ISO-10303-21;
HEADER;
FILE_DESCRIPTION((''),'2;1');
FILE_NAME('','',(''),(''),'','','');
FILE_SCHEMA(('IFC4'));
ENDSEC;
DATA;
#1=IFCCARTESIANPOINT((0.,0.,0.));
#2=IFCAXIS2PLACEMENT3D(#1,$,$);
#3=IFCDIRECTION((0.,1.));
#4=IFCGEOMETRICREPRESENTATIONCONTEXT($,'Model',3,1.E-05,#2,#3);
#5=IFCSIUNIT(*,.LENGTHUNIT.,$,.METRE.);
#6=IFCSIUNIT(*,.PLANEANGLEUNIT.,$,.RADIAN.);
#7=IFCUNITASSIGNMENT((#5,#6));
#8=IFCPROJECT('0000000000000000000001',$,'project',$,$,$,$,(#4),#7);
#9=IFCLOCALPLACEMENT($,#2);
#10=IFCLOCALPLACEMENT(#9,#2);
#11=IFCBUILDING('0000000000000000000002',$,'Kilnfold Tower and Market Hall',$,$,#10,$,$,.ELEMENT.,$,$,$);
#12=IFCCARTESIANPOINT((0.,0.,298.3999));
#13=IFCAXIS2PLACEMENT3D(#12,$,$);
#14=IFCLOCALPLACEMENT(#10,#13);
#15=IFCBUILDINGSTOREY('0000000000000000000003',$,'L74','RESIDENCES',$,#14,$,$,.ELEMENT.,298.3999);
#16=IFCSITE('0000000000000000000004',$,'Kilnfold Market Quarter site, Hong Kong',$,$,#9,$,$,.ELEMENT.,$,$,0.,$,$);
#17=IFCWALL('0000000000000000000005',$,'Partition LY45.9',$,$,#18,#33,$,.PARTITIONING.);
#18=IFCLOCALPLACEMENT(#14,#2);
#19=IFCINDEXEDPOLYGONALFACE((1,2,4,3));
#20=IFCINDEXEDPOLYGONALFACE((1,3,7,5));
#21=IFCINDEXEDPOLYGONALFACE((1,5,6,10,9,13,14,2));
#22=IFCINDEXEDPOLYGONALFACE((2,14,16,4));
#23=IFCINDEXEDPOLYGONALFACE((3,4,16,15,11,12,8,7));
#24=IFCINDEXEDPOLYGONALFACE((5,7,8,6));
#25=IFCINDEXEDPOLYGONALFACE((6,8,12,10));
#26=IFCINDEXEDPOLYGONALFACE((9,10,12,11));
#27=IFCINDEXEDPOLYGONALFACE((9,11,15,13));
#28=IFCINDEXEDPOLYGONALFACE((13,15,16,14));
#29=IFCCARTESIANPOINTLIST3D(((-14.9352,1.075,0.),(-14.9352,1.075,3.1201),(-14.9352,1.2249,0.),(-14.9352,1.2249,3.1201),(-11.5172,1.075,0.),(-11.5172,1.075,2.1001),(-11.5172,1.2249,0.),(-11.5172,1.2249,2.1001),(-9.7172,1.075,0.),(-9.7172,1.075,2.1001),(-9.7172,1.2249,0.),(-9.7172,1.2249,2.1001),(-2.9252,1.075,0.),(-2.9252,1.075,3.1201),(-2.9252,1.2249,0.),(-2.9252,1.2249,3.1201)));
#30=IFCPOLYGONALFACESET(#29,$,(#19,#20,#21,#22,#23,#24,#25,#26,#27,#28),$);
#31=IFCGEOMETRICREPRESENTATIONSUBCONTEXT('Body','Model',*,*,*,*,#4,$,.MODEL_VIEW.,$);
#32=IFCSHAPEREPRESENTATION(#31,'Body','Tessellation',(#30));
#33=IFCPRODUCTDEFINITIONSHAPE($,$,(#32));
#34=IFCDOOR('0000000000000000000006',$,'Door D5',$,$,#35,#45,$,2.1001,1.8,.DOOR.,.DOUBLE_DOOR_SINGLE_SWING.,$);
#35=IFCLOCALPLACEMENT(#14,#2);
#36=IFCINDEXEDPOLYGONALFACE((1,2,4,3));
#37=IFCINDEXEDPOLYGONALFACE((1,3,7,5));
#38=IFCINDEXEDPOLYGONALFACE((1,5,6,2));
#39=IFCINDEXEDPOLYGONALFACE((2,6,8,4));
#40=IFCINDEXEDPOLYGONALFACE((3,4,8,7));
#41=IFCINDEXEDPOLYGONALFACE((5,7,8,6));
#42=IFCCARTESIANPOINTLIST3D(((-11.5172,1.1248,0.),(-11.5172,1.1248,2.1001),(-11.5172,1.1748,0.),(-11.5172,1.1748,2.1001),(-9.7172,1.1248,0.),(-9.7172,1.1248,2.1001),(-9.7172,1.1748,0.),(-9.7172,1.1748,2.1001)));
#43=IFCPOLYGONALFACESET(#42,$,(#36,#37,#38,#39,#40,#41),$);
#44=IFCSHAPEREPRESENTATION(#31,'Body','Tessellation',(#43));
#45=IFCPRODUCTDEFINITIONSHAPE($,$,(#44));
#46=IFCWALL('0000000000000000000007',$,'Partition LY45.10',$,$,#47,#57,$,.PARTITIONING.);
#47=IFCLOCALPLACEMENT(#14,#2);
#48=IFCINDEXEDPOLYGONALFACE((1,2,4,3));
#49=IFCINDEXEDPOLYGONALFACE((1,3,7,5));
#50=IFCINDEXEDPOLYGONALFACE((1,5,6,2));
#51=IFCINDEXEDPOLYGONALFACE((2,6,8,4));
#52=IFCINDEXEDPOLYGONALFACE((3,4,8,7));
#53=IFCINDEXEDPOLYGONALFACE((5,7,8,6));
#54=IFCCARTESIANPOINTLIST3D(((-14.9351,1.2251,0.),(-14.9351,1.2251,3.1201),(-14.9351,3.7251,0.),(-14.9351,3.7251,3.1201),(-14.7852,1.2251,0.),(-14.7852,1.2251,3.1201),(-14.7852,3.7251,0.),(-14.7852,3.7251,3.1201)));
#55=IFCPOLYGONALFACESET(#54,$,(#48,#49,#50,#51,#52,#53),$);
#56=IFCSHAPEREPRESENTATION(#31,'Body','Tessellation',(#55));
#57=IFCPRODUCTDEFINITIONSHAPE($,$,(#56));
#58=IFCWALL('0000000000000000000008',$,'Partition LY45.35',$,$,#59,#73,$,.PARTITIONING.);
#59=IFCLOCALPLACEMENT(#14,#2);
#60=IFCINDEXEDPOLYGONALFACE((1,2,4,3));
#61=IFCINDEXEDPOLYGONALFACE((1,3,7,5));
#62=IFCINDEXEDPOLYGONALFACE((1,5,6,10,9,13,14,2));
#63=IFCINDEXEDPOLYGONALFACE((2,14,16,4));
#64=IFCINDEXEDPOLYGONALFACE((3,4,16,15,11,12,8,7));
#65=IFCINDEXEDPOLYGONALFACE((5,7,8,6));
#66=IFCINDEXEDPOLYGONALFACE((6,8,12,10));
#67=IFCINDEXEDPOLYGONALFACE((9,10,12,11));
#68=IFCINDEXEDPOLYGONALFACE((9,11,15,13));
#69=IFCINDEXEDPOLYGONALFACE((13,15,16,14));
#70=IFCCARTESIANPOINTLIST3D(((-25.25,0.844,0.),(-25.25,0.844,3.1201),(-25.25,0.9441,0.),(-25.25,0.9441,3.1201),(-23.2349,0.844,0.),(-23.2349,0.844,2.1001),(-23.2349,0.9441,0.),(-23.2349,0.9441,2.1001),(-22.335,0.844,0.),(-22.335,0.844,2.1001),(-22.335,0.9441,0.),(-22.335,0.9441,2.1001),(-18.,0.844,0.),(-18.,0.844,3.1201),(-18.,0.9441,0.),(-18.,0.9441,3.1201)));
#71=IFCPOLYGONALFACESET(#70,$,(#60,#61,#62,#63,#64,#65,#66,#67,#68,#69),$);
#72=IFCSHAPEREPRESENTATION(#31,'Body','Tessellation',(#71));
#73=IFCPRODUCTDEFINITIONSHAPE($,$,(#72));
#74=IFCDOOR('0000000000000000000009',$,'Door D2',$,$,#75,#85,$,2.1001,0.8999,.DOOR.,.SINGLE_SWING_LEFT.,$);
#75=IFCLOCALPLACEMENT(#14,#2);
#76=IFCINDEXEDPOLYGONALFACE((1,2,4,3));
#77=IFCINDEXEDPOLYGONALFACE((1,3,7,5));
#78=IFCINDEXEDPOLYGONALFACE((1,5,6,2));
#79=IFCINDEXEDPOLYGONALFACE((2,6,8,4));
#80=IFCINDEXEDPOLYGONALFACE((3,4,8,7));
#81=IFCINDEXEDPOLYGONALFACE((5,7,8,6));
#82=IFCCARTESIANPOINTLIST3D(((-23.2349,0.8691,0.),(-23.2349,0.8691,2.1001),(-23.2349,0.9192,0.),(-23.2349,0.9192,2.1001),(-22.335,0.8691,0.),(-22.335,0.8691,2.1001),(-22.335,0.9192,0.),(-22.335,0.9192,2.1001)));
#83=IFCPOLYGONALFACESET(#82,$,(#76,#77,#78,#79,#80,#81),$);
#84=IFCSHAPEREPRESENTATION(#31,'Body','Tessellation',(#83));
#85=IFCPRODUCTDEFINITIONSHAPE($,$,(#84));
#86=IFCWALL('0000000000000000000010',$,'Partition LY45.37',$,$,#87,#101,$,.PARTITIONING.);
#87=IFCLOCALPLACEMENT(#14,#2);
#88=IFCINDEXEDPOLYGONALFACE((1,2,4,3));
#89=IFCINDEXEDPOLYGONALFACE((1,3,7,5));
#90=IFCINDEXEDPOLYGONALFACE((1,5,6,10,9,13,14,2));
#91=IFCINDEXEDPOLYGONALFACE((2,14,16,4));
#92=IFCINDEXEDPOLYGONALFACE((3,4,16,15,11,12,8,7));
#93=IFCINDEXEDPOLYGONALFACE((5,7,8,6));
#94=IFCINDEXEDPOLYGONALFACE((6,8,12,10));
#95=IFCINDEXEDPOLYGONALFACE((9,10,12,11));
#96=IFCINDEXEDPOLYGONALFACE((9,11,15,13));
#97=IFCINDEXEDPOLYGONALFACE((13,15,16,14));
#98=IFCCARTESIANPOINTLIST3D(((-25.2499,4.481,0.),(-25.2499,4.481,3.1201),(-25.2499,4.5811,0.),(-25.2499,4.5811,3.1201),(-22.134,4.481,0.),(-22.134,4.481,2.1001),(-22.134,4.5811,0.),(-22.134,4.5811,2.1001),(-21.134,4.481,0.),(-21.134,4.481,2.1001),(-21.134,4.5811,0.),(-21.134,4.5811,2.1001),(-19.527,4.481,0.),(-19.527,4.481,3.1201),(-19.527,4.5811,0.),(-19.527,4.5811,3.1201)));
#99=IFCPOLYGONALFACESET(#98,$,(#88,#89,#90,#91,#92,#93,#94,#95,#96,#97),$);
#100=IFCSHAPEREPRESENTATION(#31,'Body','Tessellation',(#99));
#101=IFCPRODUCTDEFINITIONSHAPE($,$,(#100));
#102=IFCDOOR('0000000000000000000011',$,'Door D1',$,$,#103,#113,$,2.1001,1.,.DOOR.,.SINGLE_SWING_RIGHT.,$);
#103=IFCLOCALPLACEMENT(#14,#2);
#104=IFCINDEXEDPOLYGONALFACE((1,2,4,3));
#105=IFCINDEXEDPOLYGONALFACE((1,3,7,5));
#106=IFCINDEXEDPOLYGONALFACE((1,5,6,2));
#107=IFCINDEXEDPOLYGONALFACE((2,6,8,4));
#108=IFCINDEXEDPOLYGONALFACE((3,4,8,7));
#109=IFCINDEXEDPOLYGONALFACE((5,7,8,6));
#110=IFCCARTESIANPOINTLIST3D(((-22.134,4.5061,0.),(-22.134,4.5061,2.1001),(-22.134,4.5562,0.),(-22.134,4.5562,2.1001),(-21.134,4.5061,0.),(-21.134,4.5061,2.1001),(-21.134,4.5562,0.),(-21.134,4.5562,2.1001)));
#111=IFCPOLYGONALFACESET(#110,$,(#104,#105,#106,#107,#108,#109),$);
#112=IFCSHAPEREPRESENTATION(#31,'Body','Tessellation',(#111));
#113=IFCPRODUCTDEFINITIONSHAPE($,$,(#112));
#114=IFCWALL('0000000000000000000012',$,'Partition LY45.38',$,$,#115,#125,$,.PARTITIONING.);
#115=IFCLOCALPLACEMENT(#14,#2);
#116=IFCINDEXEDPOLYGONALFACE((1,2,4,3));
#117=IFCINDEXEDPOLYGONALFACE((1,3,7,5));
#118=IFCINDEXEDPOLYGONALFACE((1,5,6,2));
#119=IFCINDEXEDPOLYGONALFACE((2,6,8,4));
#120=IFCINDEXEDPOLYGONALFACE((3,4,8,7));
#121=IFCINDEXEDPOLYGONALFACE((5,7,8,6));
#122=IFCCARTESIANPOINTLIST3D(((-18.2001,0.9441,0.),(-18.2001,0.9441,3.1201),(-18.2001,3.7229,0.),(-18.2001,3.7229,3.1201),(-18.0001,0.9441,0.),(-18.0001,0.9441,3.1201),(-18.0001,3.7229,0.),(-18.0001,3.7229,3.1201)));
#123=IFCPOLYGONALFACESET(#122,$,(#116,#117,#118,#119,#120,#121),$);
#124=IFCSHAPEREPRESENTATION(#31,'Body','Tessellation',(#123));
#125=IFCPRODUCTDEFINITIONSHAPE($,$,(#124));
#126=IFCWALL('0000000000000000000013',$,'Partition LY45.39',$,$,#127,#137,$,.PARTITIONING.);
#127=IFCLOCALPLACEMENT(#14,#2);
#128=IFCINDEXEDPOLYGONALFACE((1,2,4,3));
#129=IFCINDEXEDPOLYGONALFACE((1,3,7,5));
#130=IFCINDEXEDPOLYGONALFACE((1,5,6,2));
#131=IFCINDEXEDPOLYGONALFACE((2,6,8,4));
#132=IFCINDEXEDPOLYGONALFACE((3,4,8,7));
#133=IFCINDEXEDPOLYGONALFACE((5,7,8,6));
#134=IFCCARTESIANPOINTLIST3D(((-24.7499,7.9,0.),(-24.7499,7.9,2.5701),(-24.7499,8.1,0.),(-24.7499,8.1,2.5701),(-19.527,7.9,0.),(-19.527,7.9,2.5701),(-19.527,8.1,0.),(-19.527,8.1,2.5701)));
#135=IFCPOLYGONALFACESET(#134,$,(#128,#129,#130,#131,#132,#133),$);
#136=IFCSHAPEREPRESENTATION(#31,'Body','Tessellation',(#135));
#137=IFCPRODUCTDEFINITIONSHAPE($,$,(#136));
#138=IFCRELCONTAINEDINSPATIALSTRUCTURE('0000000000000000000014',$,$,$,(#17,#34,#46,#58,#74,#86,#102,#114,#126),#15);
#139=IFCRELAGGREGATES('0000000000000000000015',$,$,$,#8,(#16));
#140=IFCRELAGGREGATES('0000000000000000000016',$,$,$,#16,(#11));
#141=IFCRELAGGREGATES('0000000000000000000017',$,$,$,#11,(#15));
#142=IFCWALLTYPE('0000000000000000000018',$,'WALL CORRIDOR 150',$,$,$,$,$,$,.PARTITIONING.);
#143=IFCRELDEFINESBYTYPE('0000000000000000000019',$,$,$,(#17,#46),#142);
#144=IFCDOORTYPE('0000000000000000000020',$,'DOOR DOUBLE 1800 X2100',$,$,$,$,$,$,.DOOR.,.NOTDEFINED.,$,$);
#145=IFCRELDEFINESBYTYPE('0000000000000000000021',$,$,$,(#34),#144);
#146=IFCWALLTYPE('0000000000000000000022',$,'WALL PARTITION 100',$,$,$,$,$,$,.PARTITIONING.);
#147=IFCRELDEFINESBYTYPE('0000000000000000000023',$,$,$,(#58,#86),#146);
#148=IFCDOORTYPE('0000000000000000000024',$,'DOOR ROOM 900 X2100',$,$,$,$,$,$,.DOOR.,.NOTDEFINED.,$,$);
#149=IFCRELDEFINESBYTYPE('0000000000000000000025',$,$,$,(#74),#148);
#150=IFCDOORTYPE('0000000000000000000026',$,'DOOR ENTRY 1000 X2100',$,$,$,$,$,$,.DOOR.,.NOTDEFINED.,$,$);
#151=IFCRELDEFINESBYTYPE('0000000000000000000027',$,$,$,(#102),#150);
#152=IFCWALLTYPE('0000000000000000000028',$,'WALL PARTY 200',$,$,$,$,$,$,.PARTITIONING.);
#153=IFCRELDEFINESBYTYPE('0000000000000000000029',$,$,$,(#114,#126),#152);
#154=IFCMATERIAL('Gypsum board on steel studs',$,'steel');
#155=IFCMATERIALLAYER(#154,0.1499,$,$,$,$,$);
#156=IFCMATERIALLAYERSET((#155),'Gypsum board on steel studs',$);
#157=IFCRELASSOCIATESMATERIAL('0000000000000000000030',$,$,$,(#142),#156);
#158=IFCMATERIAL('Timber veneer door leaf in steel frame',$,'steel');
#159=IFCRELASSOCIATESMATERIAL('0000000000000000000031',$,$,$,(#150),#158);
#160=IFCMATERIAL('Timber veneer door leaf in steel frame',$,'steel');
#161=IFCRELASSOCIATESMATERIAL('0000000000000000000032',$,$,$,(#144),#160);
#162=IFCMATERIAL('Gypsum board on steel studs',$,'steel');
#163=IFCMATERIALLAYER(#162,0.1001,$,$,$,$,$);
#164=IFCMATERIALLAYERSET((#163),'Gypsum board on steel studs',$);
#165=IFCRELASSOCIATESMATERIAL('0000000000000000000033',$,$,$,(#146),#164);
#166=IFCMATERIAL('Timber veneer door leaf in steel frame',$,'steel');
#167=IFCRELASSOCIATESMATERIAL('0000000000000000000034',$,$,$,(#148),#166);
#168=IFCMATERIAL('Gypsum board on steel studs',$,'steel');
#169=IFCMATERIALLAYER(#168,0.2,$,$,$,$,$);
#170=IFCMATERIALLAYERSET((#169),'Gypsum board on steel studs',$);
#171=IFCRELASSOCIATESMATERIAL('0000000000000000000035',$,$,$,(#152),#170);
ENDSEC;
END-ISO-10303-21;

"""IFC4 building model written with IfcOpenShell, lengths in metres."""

from ifc_helpers import new_model, si_unit, direction, frame, frame_2d, origin, place, context, subcontext, project, spatial, rectangle, extrude, material, layer, layer_set, type_object, element, fill, save


model = new_model("IFC4")

# Units and contexts
model_context = context("Model", 3, precision=1e-05, world=origin(), true_north=direction((0.0, 1.0)))
body_context = subcontext(model_context, "Body", "Model", "MODEL_VIEW")
ifc_project = project(units=[si_unit("LENGTHUNIT", "METRE"), si_unit("PLANEANGLEUNIT", "RADIAN")], contexts=[model_context])

# Site, building, storey
site_placement = place(None, origin())
site = spatial("IfcSite", under=ifc_project, at=site_placement, Name="Kilnfold Market Quarter site, Hong Kong", CompositionType="ELEMENT", RefElevation=0.0)
building_placement = place(site_placement, origin())
building = spatial("IfcBuilding", under=site, at=building_placement, Name="Kilnfold Tower and Market Hall", CompositionType="ELEMENT")
storey_placement = place(building_placement, frame((0.0, 0.0, 298.3999)))
storey = spatial("IfcBuildingStorey", under=building, at=storey_placement, Name="L74", Description="RESIDENCES", CompositionType="ELEMENT", Elevation=298.3999)

# Shared definitions
ifc_material_1 = material(Name="Gypsum board on steel studs", Category="steel")
ifc_layer_1 = layer(ifc_material_1, 0.1499)
ifc_layer_set_1 = layer_set([ifc_layer_1], Name="Gypsum board on steel studs")
wall_type_1 = type_object("IfcWallType", Name="WALL CORRIDOR 150", PredefinedType="PARTITIONING", material=ifc_layer_set_1)

# Shared definitions
ifc_material_2 = material(Name="Timber veneer door leaf in steel frame", Category="steel")
door_type_1 = type_object("IfcDoorType", Name="DOOR ENTRY 1000 X2100", OperationType="NOTDEFINED", PredefinedType="DOOR", material=ifc_material_2)

# Wall, opening, door
wall_1_placement = place(storey_placement, frame((-14.9351, 1.1499, 0.0), z_axis=(0.0, 0.0, 1.0), x_axis=(1.0, 0.0, 0.0)))
wall_1 = element("IfcWall", 1, at=wall_1_placement, inside=storey, type_object=wall_type_1, Name="Partition LY45.9", PredefinedType="PARTITIONING", context=body_context, shape_type="SweptSolid", body=[
    extrude(rectangle(XDim=12.01, YDim=0.1499, at=frame_2d((6.0049, 0.0))), origin(), (0.0, 0.0, 1.0), 3.1201),
])
opening_1_placement = place(wall_1_placement, frame((3.418, 0.0, 0.0)))
opening_1 = element("IfcOpeningElement", 2, at=opening_1_placement, cuts=wall_1, PredefinedType="OPENING", context=body_context, shape_type="SweptSolid", body=[
    extrude(rectangle(XDim=1.8, YDim=2.1001, at=frame_2d((0.8999, 1.05))), frame((0.0, 0.085, 0.0), z_axis=(0.0, -1.0, 0.0), x_axis=(1.0, 0.0, 0.0)), (0.0, 0.0, 1.0), 0.1699),
])
ifc_material_3 = material(Name="Timber veneer door leaf in steel frame", Category="steel")
door_type_2 = type_object("IfcDoorType", Name="DOOR DOUBLE 1800 X2100", OperationType="NOTDEFINED", PredefinedType="DOOR", material=ifc_material_3)
door_1_placement = place(opening_1_placement, origin())
door_1 = element("IfcDoor", 3, at=door_1_placement, inside=storey, type_object=door_type_2, Name="Door D5", OperationType="DOUBLE_DOOR_SINGLE_SWING", OverallHeight=2.1001, OverallWidth=1.8, PredefinedType="DOOR", context=body_context, shape_type="SweptSolid", body=[
    extrude(rectangle(XDim=1.8, YDim=2.1001, at=frame_2d((0.8999, 1.05))), frame((0.0, 0.0249, 0.0), z_axis=(0.0, -1.0, 0.0), x_axis=(1.0, 0.0, 0.0)), (0.0, 0.0, 1.0), 0.05),
])
fill(opening_1, door_1)

# Wall
wall_2_placement = place(storey_placement, frame((-14.8601, 3.7251, 0.0), z_axis=(0.0, 0.0, 1.0), x_axis=(0.0, -1.0, 0.0)))
element("IfcWall", 4, at=wall_2_placement, inside=storey, type_object=wall_type_1, Name="Partition LY45.10", PredefinedType="PARTITIONING", context=body_context, shape_type="SweptSolid", body=[
    extrude(rectangle(XDim=2.5, YDim=0.1499, at=frame_2d((1.25, 0.0))), origin(), (0.0, 0.0, 1.0), 3.1201),
])

# Walls, openings, doors
ifc_material_4 = material(Name="Gypsum board on steel studs", Category="steel")
ifc_layer_2 = layer(ifc_material_4, 0.1001)
ifc_layer_set_2 = layer_set([ifc_layer_2], Name="Gypsum board on steel studs")
wall_type_2 = type_object("IfcWallType", Name="WALL PARTITION 100", PredefinedType="PARTITIONING", material=ifc_layer_set_2)
wall_3_placement = place(storey_placement, frame((-18.0, 0.894, 0.0), z_axis=(0.0, 0.0, 1.0), x_axis=(-1.0, 0.0, 0.0)))
wall_3 = element("IfcWall", 5, at=wall_3_placement, inside=storey, type_object=wall_type_2, Name="Partition LY45.35", PredefinedType="PARTITIONING", context=body_context, shape_type="SweptSolid", body=[
    extrude(rectangle(XDim=7.25, YDim=0.1001, at=frame_2d((3.625, 0.0))), origin(), (0.0, 0.0, 1.0), 3.1201),
])
opening_2_placement = place(wall_3_placement, frame((4.335, 0.0, 0.0)))
opening_2 = element("IfcOpeningElement", 6, at=opening_2_placement, cuts=wall_3, PredefinedType="OPENING", context=body_context, shape_type="SweptSolid", body=[
    extrude(rectangle(XDim=0.8999, YDim=2.1001, at=frame_2d((0.45, 1.05))), frame((0.0, 0.0601, 0.0), z_axis=(0.0, -1.0, 0.0), x_axis=(1.0, 0.0, 0.0)), (0.0, 0.0, 1.0), 0.1201),
])
ifc_material_5 = material(Name="Timber veneer door leaf in steel frame", Category="steel")
door_type_3 = type_object("IfcDoorType", Name="DOOR ROOM 900 X2100", OperationType="NOTDEFINED", PredefinedType="DOOR", material=ifc_material_5)
door_2_placement = place(opening_2_placement, origin())
door_2 = element("IfcDoor", 7, at=door_2_placement, inside=storey, type_object=door_type_3, Name="Door D2", OperationType="SINGLE_SWING_LEFT", OverallHeight=2.1001, OverallWidth=0.8999, PredefinedType="DOOR", context=body_context, shape_type="SweptSolid", body=[
    extrude(rectangle(XDim=0.8999, YDim=2.1001, at=frame_2d((0.45, 1.05))), frame((0.0, 0.0249, 0.0), z_axis=(0.0, -1.0, 0.0), x_axis=(1.0, 0.0, 0.0)), (0.0, 0.0, 1.0), 0.05),
])
fill(opening_2, door_2)
wall_4_placement = place(storey_placement, frame((-19.5271, 4.531, 0.0), z_axis=(0.0, 0.0, 1.0), x_axis=(-1.0, 0.0, 0.0)))
wall_4 = element("IfcWall", 8, at=wall_4_placement, inside=storey, type_object=wall_type_2, Name="Partition LY45.37", PredefinedType="PARTITIONING", context=body_context, shape_type="SweptSolid", body=[
    extrude(rectangle(XDim=5.7229, YDim=0.1001, at=frame_2d((2.8613, 0.0))), origin(), (0.0, 0.0, 1.0), 3.1201),
])
opening_3_placement = place(wall_4_placement, frame((1.6069, 0.0, 0.0)))
opening_3 = element("IfcOpeningElement", 9, at=opening_3_placement, cuts=wall_4, PredefinedType="OPENING", context=body_context, shape_type="SweptSolid", body=[
    extrude(rectangle(XDim=1.0, YDim=2.1001, at=frame_2d((0.5, 1.05))), frame((0.0, 0.0601, 0.0), z_axis=(0.0, -1.0, 0.0), x_axis=(1.0, 0.0, 0.0)), (0.0, 0.0, 1.0), 0.1201),
])
door_3_placement = place(opening_3_placement, origin())
door_3 = element("IfcDoor", 10, at=door_3_placement, inside=storey, type_object=door_type_1, Name="Door D1", OperationType="SINGLE_SWING_RIGHT", OverallHeight=2.1001, OverallWidth=1.0, PredefinedType="DOOR", context=body_context, shape_type="SweptSolid", body=[
    extrude(rectangle(XDim=1.0, YDim=2.1001, at=frame_2d((0.5, 1.05))), frame((0.0, 0.0249, 0.0), z_axis=(0.0, -1.0, 0.0), x_axis=(1.0, 0.0, 0.0)), (0.0, 0.0, 1.0), 0.05),
])
fill(opening_3, door_3)

# Walls
ifc_material_6 = material(Name="Gypsum board on steel studs", Category="steel")
ifc_layer_3 = layer(ifc_material_6, 0.2)
ifc_layer_set_3 = layer_set([ifc_layer_3], Name="Gypsum board on steel studs")
wall_type_3 = type_object("IfcWallType", Name="WALL PARTY 200", PredefinedType="PARTITIONING", material=ifc_layer_set_3)
wall_5_placement = place(storey_placement, frame((-18.1001, 0.9441, 0.0), z_axis=(0.0, 0.0, 1.0), x_axis=(0.0, 1.0, 0.0)))
element("IfcWall", 11, at=wall_5_placement, inside=storey, type_object=wall_type_3, Name="Partition LY45.38", PredefinedType="PARTITIONING", context=body_context, shape_type="SweptSolid", body=[
    extrude(rectangle(XDim=2.7788, YDim=0.2, at=frame_2d((1.3894, 0.0))), origin(), (0.0, 0.0, 1.0), 3.1201),
])
wall_6_placement = place(storey_placement, frame((-19.5271, 8.0, 0.0), z_axis=(0.0, 0.0, 1.0), x_axis=(-1.0, 0.0, 0.0)))
element("IfcWall", 12, at=wall_6_placement, inside=storey, type_object=wall_type_3, Name="Partition LY45.39", PredefinedType="PARTITIONING", context=body_context, shape_type="SweptSolid", body=[
    extrude(rectangle(XDim=5.2229, YDim=0.2, at=frame_2d((2.6113, 0.0))), origin(), (0.0, 0.0, 1.0), 2.5701),
])

save(model, "model.ifc")
